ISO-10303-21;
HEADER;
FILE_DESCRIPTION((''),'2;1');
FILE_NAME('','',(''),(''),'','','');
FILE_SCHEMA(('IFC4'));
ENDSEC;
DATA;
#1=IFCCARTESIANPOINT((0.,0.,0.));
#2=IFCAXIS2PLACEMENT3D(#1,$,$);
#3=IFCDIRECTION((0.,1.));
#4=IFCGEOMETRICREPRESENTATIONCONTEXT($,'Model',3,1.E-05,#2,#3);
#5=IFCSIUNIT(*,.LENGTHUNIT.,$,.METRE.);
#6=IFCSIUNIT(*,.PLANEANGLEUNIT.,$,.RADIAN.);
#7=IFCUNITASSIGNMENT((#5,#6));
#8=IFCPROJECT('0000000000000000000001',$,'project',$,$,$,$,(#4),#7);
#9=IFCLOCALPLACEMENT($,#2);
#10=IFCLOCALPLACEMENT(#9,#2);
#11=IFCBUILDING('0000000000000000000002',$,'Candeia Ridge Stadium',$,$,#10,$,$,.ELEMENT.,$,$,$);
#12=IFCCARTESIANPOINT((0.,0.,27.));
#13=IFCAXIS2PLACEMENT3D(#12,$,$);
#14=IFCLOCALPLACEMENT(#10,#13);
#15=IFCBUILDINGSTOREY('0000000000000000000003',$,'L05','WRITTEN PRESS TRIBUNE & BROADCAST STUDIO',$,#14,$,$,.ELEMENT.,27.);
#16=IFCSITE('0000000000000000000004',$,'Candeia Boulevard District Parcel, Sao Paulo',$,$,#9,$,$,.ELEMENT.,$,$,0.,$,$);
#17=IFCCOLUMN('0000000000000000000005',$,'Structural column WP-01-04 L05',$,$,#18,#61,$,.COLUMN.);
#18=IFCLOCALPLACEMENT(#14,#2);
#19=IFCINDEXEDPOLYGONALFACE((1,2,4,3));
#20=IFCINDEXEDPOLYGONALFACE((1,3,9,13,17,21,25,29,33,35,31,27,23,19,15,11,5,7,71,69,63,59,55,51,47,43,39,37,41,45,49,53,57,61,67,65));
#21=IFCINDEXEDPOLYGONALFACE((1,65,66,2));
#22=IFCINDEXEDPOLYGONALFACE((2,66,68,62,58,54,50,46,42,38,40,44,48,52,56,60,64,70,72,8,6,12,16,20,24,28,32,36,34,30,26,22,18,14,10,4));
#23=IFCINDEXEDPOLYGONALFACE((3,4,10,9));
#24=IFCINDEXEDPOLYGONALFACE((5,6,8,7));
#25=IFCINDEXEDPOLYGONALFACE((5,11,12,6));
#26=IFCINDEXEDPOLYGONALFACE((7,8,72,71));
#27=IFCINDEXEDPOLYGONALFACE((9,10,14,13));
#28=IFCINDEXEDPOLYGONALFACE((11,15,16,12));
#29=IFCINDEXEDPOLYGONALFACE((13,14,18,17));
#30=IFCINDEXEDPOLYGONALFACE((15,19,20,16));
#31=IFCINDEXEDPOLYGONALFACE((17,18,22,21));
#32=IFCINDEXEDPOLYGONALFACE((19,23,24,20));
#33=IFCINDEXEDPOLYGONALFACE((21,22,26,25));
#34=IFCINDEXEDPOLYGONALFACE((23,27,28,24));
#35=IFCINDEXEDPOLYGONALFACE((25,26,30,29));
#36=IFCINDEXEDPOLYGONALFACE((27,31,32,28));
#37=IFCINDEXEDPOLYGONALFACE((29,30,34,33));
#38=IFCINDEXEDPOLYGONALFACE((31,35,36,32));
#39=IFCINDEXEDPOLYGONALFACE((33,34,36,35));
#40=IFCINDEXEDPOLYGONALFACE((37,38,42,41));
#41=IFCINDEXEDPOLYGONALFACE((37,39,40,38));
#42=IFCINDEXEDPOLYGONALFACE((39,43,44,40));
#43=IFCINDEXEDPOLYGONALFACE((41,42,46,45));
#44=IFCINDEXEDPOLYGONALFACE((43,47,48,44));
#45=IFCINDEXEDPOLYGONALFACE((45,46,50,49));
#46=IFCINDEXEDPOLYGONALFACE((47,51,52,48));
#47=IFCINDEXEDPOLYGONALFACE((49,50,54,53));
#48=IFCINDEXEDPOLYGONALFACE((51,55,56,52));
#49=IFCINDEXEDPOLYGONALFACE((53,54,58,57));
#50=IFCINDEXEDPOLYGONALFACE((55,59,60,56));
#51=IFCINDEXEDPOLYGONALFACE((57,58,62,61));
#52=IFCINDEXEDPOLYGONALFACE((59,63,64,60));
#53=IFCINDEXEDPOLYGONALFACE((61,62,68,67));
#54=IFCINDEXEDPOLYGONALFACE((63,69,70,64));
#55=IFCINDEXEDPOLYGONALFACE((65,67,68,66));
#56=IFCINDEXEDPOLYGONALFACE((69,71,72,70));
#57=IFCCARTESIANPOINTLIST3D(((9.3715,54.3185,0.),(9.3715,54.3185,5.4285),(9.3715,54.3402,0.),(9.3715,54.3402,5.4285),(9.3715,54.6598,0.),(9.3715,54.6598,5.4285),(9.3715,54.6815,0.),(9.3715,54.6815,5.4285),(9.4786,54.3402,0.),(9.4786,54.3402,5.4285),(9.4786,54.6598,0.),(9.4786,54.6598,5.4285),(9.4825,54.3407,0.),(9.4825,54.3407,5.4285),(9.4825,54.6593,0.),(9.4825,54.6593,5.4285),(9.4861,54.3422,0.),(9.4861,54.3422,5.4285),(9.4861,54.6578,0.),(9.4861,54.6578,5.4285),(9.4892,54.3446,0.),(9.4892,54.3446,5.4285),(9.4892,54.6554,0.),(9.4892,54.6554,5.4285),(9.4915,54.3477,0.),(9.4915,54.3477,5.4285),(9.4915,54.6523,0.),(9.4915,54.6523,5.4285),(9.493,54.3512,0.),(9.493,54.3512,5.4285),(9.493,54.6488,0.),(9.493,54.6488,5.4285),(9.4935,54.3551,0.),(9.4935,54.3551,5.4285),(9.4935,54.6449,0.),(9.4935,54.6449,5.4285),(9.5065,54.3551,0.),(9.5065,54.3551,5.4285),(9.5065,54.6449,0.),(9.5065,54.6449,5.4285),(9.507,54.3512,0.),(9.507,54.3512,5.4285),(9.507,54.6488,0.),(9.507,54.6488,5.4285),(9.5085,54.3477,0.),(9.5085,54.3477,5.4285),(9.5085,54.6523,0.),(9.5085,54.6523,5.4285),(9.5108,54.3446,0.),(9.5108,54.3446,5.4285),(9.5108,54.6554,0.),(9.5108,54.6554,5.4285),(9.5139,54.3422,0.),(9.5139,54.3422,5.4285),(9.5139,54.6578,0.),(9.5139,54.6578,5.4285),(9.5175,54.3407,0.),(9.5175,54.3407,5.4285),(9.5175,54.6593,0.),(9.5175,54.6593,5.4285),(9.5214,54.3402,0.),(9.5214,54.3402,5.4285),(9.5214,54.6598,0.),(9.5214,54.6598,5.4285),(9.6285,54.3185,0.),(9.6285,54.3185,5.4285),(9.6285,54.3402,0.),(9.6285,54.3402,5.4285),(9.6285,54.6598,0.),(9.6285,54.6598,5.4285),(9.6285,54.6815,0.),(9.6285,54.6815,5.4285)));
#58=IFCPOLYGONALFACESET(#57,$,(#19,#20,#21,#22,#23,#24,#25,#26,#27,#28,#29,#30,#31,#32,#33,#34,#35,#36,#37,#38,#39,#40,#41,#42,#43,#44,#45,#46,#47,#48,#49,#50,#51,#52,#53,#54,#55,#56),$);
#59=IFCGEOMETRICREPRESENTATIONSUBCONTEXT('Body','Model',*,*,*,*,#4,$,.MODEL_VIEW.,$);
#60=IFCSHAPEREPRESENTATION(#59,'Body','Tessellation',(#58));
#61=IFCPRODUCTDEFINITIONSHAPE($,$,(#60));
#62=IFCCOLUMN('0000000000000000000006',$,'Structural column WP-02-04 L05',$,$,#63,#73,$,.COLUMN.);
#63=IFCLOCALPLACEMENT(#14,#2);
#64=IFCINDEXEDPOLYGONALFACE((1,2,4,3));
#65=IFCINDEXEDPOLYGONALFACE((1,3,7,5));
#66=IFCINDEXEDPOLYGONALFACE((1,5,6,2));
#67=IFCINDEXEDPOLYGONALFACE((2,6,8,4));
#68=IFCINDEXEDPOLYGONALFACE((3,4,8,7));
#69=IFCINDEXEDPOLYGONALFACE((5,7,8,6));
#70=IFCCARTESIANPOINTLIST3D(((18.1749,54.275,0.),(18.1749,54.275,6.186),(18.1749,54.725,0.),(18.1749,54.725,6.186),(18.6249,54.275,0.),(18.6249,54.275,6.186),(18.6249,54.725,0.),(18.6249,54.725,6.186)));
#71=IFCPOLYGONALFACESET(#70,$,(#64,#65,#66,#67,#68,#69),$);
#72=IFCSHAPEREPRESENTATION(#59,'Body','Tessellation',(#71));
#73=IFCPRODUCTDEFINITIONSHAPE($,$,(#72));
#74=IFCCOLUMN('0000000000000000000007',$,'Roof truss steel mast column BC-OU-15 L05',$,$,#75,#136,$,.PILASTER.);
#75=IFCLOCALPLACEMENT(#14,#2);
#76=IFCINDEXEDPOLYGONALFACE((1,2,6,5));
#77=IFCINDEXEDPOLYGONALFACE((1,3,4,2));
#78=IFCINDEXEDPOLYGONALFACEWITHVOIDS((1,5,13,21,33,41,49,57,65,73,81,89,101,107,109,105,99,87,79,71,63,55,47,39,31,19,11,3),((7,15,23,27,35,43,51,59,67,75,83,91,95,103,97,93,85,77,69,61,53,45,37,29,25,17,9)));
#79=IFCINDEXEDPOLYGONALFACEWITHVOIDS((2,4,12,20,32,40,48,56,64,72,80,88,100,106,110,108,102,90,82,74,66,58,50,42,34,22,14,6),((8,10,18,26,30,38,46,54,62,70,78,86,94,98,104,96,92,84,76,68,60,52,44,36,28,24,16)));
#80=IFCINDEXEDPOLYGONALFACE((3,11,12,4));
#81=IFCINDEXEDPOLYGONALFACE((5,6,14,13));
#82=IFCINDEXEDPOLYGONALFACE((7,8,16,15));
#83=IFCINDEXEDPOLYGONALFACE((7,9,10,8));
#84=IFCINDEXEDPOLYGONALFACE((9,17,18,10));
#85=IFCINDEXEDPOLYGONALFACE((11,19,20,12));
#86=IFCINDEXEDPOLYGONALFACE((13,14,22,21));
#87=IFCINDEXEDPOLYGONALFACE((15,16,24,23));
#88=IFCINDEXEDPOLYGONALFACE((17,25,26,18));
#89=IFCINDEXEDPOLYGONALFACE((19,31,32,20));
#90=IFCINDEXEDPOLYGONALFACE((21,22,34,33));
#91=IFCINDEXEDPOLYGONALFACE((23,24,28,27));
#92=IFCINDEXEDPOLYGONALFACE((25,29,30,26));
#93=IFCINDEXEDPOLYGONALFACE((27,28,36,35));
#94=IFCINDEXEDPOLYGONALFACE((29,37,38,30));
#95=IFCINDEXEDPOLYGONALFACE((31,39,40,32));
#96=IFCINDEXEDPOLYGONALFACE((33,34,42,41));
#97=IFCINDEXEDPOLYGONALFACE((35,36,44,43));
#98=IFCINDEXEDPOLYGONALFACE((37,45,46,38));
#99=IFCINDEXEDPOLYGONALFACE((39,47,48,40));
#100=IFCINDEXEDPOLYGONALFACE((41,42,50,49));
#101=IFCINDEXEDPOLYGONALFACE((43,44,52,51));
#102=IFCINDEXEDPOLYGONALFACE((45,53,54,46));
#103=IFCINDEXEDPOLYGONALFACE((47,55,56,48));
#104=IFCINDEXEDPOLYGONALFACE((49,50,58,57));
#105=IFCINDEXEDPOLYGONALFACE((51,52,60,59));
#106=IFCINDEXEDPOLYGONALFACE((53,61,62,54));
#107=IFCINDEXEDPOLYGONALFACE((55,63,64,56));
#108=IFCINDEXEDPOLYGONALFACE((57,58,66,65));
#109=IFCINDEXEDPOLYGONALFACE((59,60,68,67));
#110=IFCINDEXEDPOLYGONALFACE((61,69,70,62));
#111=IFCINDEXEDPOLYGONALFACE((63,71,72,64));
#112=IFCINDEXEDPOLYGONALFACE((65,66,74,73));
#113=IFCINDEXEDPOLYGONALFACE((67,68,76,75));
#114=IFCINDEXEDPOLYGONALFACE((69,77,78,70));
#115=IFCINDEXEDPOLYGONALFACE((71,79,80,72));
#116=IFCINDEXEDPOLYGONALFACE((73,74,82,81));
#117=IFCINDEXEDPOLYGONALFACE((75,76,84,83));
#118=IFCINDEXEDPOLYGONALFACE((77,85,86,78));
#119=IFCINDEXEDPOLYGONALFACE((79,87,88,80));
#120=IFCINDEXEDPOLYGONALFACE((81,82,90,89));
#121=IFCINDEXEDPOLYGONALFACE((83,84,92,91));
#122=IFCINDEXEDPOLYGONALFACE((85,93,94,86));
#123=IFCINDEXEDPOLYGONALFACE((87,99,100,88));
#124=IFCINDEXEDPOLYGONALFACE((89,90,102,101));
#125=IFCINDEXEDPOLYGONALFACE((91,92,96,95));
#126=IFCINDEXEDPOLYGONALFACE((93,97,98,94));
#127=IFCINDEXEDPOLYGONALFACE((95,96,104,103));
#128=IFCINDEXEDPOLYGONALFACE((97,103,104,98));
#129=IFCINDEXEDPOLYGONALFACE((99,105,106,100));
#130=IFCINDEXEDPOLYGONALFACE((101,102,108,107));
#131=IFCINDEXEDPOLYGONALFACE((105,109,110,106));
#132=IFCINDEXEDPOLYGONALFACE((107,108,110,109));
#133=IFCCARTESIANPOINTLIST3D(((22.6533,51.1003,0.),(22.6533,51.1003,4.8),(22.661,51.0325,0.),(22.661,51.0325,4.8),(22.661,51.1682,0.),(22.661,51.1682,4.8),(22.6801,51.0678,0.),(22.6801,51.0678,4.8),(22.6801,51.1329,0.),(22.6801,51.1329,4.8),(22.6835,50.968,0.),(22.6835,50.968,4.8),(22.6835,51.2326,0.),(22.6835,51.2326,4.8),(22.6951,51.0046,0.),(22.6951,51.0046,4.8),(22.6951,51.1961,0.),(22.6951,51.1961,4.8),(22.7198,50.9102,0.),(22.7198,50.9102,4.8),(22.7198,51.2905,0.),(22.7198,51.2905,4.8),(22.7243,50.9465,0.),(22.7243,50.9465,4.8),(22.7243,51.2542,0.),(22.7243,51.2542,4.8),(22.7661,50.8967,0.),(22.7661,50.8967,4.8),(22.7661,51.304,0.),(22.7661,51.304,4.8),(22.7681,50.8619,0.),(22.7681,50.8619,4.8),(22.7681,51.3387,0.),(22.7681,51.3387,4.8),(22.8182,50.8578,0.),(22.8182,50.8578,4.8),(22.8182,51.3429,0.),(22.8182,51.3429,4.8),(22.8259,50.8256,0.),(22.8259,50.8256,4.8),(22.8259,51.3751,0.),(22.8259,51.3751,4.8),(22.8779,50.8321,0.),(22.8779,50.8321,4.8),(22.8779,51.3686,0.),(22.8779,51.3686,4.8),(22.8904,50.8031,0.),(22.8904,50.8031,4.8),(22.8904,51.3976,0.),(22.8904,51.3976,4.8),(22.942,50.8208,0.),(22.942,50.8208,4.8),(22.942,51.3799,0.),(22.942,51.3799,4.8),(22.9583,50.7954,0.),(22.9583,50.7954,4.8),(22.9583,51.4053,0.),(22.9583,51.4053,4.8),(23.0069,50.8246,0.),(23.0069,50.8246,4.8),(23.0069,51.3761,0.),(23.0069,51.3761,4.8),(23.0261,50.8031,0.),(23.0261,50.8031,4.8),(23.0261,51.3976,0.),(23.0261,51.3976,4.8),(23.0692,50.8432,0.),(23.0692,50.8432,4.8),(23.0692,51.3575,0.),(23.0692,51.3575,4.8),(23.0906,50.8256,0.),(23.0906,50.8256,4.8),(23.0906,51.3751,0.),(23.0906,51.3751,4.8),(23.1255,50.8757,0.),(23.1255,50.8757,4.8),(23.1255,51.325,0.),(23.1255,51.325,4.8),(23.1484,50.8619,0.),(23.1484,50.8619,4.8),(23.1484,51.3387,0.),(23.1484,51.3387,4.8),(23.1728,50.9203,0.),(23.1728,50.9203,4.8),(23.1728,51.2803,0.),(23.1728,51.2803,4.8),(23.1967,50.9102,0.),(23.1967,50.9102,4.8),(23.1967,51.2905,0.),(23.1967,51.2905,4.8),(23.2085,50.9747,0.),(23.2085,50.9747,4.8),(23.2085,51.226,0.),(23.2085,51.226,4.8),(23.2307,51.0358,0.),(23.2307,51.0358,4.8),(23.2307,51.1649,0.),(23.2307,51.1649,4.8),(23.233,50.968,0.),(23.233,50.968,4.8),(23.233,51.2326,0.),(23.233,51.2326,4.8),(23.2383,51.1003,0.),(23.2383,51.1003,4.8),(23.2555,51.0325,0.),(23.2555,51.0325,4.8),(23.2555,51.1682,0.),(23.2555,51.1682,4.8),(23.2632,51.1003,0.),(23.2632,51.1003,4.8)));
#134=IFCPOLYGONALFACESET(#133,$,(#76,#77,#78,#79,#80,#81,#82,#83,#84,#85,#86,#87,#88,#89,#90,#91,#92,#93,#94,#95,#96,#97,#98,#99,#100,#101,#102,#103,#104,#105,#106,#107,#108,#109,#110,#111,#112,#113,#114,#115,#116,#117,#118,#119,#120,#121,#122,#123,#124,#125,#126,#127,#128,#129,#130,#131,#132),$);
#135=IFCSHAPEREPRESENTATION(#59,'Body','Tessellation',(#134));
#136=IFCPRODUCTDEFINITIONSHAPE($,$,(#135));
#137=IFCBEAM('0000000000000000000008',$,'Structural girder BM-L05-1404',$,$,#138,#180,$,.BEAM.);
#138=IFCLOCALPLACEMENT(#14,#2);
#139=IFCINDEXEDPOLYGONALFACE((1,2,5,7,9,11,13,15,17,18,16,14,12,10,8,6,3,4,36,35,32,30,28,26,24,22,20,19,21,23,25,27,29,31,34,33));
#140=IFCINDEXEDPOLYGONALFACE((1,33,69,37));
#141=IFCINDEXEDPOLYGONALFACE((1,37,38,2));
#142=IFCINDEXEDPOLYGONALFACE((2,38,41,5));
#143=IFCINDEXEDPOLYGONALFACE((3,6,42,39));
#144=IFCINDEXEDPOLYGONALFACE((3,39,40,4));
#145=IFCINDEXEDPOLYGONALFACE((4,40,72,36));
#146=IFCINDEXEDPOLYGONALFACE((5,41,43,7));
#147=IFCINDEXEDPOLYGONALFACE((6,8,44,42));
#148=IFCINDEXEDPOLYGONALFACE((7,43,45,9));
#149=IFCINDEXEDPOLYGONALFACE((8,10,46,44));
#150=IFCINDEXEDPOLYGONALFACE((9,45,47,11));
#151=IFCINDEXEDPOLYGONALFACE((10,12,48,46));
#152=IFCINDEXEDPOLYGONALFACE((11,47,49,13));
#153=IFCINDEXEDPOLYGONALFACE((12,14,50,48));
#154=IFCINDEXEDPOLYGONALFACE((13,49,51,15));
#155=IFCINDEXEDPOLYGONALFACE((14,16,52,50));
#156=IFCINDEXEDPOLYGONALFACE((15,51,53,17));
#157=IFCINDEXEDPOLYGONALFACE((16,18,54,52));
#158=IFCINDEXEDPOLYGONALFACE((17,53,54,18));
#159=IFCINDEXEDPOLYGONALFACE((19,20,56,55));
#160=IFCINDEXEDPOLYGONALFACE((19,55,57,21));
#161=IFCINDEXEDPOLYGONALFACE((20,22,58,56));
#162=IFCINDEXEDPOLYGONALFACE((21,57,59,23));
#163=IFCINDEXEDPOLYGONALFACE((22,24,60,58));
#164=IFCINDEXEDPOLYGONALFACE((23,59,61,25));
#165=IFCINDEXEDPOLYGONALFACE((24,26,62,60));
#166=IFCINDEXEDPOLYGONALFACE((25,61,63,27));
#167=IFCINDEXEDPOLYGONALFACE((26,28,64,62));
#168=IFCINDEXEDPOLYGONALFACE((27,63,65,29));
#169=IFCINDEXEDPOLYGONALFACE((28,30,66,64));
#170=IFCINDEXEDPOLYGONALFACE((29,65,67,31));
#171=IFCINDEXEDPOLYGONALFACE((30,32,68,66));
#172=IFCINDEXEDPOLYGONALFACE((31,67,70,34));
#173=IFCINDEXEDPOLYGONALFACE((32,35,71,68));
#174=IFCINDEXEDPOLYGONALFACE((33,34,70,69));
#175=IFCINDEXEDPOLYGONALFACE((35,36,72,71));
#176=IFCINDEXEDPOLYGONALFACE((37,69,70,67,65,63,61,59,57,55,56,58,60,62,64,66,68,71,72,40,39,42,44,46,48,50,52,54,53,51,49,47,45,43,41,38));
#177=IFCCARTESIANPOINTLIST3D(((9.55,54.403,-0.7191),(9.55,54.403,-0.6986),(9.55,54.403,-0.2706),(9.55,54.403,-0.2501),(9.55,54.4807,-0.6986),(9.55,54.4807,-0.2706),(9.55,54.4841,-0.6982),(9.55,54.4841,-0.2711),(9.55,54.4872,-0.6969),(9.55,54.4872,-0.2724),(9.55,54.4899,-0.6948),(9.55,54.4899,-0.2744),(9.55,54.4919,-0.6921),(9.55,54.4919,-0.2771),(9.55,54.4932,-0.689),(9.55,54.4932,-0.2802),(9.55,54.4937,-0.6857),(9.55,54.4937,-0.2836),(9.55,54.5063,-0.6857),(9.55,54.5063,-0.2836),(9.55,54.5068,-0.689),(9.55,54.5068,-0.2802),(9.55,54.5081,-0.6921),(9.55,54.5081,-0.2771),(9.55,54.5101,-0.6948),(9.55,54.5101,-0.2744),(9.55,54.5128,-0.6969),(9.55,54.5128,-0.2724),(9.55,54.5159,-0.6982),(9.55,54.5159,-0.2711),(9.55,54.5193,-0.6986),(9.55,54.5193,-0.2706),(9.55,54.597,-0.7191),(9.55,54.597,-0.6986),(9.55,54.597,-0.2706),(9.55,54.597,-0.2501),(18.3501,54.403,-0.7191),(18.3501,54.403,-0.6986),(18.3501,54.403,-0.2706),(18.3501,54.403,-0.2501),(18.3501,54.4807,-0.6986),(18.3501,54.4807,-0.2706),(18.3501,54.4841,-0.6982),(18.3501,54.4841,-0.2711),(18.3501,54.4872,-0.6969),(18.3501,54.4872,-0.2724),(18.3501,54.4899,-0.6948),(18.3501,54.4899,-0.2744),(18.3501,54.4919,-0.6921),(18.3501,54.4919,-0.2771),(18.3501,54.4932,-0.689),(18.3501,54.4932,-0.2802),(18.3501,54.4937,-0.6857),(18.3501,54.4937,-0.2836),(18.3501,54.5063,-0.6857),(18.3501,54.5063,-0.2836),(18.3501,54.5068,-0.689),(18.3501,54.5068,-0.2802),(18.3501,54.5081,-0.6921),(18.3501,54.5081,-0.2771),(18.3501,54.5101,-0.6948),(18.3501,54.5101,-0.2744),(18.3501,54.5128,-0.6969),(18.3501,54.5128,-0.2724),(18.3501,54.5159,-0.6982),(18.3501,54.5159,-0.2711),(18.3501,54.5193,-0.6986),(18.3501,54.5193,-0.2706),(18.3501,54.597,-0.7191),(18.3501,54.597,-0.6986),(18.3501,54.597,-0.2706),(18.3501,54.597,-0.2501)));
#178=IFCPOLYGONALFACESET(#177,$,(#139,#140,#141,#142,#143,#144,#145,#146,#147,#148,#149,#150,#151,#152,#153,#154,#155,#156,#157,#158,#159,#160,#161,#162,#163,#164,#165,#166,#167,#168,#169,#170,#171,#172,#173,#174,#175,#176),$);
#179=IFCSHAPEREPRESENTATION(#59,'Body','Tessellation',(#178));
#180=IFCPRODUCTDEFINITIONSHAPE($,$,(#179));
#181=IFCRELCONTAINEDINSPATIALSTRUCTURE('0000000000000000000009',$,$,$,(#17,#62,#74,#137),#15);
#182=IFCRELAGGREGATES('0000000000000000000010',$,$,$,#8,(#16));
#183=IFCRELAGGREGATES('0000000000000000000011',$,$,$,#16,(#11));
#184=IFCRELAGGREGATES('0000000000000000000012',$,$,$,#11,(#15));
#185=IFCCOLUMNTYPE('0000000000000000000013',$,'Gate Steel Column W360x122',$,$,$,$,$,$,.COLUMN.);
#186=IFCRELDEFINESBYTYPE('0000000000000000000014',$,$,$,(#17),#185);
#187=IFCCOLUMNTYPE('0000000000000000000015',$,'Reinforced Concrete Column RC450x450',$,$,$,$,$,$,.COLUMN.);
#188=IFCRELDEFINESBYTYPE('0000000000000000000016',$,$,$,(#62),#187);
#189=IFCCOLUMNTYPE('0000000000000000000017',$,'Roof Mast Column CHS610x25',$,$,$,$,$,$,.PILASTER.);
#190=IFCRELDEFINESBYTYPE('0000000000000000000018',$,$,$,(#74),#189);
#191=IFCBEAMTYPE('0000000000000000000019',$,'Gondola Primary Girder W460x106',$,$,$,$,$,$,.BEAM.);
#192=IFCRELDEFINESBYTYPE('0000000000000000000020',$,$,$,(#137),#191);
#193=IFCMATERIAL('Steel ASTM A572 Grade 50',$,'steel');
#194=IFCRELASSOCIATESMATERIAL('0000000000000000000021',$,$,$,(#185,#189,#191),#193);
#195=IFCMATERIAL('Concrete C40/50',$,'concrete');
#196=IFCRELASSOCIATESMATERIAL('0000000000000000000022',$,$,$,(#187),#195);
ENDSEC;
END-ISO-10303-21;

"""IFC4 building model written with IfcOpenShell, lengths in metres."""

from ifc_helpers import new_model, si_unit, direction, frame, origin, origin_2d, place, context, subcontext, project, spatial, rectangle, hollow_circle, i_section, extrude, material, material_profile, profile_set, type_object, element, save


model = new_model("IFC4")

# Units and contexts
model_context = context("Model", 3, precision=1e-05, world=origin(), true_north=direction((0.0, 1.0)))
body_context = subcontext(model_context, "Body", "Model", "MODEL_VIEW")
ifc_project = project(units=[si_unit("LENGTHUNIT", "METRE"), si_unit("PLANEANGLEUNIT", "RADIAN")], contexts=[model_context])

# Site, building, storey
site_placement = place(None, origin())
site = spatial("IfcSite", under=ifc_project, at=site_placement, Name="Candeia Boulevard District Parcel, Sao Paulo", CompositionType="ELEMENT", RefElevation=0.0)
building_placement = place(site_placement, origin())
building = spatial("IfcBuilding", under=site, at=building_placement, Name="Candeia Ridge Stadium", CompositionType="ELEMENT")
storey_placement = place(building_placement, frame((0.0, 0.0, 27.0)))
storey = spatial("IfcBuildingStorey", under=building, at=storey_placement, Name="L05", Description="WRITTEN PRESS TRIBUNE & BROADCAST STUDIO", CompositionType="ELEMENT", Elevation=27.0)

# Columns
ifc_material_1 = material(Name="Steel ASTM A572 Grade 50", Category="steel")
ifc_material_profile_1 = material_profile(ifc_material_1, i_section(OverallWidth=0.2571, OverallDepth=0.363, WebThickness=0.0129, FlangeThickness=0.0217, FilletRadius=0.0149, at=origin_2d()), Name="W360x122", Category="steel")
ifc_profile_set_1 = profile_set([ifc_material_profile_1], Name="Steel ASTM A572 Grade 50")
column_type_1 = type_object("IfcColumnType", Name="Gate Steel Column W360x122", PredefinedType="COLUMN", material=ifc_profile_set_1)
column_1_placement = place(storey_placement, frame((9.5, 54.5, 0.0), z_axis=(0.0, 0.0, 1.0), x_axis=(1.0, 0.0, 0.0)))
element("IfcColumn", 1, at=column_1_placement, inside=storey, type_object=column_type_1, Name="Structural column WP-01-04 L05", PredefinedType="COLUMN", context=body_context, shape_type="SweptSolid", body=[
    extrude(i_section(OverallWidth=0.2571, OverallDepth=0.363, WebThickness=0.0129, FlangeThickness=0.0217, FilletRadius=0.0149, at=origin_2d()), origin(), (0.0, 0.0, 1.0), 5.4285),
])
ifc_material_2 = material(Name="Concrete C40/50", Category="concrete")
ifc_material_profile_2 = material_profile(ifc_material_2, rectangle(XDim=0.45, YDim=0.45, at=origin_2d()), Name="RC450x450", Category="concrete")
ifc_profile_set_2 = profile_set([ifc_material_profile_2], Name="Concrete C40/50")
column_type_2 = type_object("IfcColumnType", Name="Reinforced Concrete Column RC450x450", PredefinedType="COLUMN", material=ifc_profile_set_2)
column_2_placement = place(storey_placement, frame((18.3999, 54.5, 0.0), z_axis=(0.0, 0.0, 1.0), x_axis=(1.0, 0.0, 0.0)))
element("IfcColumn", 2, at=column_2_placement, inside=storey, type_object=column_type_2, Name="Structural column WP-02-04 L05", PredefinedType="COLUMN", context=body_context, shape_type="SweptSolid", body=[
    extrude(rectangle(XDim=0.45, YDim=0.45, at=origin_2d()), origin(), (0.0, 0.0, 1.0), 6.186),
])
ifc_material_profile_3 = material_profile(ifc_material_1, hollow_circle(Radius=0.3049, WallThickness=0.0249, at=origin_2d()), Name="CHS610x25", Category="steel")
ifc_profile_set_3 = profile_set([ifc_material_profile_3], Name="Steel ASTM A572 Grade 50")
column_type_3 = type_object("IfcColumnType", Name="Roof Mast Column CHS610x25", PredefinedType="PILASTER", material=ifc_profile_set_3)
column_3_placement = place(storey_placement, frame((22.9583, 51.1003, 0.0), z_axis=(0.0, 0.0, 1.0), x_axis=(1.0, 0.0, 0.0)))
element("IfcColumn", 3, at=column_3_placement, inside=storey, type_object=column_type_3, Name="Roof truss steel mast column BC-OU-15 L05", PredefinedType="PILASTER", context=body_context, shape_type="SweptSolid", body=[
    extrude(hollow_circle(Radius=0.3049, WallThickness=0.0249, at=origin_2d()), origin(), (0.0, 0.0, 1.0), 4.8),
])

# Beam
ifc_material_profile_4 = material_profile(ifc_material_1, i_section(OverallWidth=0.1941, OverallDepth=0.469, WebThickness=0.0127, FlangeThickness=0.0205, FilletRadius=0.0129, at=origin_2d()), Name="W460x106", Category="steel")
ifc_profile_set_4 = profile_set([ifc_material_profile_4], Name="Steel ASTM A572 Grade 50")
beam_type_1 = type_object("IfcBeamType", Name="Gondola Primary Girder W460x106", PredefinedType="BEAM", material=ifc_profile_set_4)
beam_1_placement = place(storey_placement, frame((9.55, 54.5, -0.4846), z_axis=(1.0, 0.0, 0.0), x_axis=(0.0, 1.0, 0.0)))
element("IfcBeam", 4, at=beam_1_placement, inside=storey, type_object=beam_type_1, Name="Structural girder BM-L05-1404", PredefinedType="BEAM", context=body_context, shape_type="SweptSolid", body=[
    extrude(i_section(OverallWidth=0.1941, OverallDepth=0.469, WebThickness=0.0127, FlangeThickness=0.0205, FilletRadius=0.0129, at=origin_2d()), origin(), (0.0, 0.0, 1.0), 8.8),
])

save(model, "model.ifc")
